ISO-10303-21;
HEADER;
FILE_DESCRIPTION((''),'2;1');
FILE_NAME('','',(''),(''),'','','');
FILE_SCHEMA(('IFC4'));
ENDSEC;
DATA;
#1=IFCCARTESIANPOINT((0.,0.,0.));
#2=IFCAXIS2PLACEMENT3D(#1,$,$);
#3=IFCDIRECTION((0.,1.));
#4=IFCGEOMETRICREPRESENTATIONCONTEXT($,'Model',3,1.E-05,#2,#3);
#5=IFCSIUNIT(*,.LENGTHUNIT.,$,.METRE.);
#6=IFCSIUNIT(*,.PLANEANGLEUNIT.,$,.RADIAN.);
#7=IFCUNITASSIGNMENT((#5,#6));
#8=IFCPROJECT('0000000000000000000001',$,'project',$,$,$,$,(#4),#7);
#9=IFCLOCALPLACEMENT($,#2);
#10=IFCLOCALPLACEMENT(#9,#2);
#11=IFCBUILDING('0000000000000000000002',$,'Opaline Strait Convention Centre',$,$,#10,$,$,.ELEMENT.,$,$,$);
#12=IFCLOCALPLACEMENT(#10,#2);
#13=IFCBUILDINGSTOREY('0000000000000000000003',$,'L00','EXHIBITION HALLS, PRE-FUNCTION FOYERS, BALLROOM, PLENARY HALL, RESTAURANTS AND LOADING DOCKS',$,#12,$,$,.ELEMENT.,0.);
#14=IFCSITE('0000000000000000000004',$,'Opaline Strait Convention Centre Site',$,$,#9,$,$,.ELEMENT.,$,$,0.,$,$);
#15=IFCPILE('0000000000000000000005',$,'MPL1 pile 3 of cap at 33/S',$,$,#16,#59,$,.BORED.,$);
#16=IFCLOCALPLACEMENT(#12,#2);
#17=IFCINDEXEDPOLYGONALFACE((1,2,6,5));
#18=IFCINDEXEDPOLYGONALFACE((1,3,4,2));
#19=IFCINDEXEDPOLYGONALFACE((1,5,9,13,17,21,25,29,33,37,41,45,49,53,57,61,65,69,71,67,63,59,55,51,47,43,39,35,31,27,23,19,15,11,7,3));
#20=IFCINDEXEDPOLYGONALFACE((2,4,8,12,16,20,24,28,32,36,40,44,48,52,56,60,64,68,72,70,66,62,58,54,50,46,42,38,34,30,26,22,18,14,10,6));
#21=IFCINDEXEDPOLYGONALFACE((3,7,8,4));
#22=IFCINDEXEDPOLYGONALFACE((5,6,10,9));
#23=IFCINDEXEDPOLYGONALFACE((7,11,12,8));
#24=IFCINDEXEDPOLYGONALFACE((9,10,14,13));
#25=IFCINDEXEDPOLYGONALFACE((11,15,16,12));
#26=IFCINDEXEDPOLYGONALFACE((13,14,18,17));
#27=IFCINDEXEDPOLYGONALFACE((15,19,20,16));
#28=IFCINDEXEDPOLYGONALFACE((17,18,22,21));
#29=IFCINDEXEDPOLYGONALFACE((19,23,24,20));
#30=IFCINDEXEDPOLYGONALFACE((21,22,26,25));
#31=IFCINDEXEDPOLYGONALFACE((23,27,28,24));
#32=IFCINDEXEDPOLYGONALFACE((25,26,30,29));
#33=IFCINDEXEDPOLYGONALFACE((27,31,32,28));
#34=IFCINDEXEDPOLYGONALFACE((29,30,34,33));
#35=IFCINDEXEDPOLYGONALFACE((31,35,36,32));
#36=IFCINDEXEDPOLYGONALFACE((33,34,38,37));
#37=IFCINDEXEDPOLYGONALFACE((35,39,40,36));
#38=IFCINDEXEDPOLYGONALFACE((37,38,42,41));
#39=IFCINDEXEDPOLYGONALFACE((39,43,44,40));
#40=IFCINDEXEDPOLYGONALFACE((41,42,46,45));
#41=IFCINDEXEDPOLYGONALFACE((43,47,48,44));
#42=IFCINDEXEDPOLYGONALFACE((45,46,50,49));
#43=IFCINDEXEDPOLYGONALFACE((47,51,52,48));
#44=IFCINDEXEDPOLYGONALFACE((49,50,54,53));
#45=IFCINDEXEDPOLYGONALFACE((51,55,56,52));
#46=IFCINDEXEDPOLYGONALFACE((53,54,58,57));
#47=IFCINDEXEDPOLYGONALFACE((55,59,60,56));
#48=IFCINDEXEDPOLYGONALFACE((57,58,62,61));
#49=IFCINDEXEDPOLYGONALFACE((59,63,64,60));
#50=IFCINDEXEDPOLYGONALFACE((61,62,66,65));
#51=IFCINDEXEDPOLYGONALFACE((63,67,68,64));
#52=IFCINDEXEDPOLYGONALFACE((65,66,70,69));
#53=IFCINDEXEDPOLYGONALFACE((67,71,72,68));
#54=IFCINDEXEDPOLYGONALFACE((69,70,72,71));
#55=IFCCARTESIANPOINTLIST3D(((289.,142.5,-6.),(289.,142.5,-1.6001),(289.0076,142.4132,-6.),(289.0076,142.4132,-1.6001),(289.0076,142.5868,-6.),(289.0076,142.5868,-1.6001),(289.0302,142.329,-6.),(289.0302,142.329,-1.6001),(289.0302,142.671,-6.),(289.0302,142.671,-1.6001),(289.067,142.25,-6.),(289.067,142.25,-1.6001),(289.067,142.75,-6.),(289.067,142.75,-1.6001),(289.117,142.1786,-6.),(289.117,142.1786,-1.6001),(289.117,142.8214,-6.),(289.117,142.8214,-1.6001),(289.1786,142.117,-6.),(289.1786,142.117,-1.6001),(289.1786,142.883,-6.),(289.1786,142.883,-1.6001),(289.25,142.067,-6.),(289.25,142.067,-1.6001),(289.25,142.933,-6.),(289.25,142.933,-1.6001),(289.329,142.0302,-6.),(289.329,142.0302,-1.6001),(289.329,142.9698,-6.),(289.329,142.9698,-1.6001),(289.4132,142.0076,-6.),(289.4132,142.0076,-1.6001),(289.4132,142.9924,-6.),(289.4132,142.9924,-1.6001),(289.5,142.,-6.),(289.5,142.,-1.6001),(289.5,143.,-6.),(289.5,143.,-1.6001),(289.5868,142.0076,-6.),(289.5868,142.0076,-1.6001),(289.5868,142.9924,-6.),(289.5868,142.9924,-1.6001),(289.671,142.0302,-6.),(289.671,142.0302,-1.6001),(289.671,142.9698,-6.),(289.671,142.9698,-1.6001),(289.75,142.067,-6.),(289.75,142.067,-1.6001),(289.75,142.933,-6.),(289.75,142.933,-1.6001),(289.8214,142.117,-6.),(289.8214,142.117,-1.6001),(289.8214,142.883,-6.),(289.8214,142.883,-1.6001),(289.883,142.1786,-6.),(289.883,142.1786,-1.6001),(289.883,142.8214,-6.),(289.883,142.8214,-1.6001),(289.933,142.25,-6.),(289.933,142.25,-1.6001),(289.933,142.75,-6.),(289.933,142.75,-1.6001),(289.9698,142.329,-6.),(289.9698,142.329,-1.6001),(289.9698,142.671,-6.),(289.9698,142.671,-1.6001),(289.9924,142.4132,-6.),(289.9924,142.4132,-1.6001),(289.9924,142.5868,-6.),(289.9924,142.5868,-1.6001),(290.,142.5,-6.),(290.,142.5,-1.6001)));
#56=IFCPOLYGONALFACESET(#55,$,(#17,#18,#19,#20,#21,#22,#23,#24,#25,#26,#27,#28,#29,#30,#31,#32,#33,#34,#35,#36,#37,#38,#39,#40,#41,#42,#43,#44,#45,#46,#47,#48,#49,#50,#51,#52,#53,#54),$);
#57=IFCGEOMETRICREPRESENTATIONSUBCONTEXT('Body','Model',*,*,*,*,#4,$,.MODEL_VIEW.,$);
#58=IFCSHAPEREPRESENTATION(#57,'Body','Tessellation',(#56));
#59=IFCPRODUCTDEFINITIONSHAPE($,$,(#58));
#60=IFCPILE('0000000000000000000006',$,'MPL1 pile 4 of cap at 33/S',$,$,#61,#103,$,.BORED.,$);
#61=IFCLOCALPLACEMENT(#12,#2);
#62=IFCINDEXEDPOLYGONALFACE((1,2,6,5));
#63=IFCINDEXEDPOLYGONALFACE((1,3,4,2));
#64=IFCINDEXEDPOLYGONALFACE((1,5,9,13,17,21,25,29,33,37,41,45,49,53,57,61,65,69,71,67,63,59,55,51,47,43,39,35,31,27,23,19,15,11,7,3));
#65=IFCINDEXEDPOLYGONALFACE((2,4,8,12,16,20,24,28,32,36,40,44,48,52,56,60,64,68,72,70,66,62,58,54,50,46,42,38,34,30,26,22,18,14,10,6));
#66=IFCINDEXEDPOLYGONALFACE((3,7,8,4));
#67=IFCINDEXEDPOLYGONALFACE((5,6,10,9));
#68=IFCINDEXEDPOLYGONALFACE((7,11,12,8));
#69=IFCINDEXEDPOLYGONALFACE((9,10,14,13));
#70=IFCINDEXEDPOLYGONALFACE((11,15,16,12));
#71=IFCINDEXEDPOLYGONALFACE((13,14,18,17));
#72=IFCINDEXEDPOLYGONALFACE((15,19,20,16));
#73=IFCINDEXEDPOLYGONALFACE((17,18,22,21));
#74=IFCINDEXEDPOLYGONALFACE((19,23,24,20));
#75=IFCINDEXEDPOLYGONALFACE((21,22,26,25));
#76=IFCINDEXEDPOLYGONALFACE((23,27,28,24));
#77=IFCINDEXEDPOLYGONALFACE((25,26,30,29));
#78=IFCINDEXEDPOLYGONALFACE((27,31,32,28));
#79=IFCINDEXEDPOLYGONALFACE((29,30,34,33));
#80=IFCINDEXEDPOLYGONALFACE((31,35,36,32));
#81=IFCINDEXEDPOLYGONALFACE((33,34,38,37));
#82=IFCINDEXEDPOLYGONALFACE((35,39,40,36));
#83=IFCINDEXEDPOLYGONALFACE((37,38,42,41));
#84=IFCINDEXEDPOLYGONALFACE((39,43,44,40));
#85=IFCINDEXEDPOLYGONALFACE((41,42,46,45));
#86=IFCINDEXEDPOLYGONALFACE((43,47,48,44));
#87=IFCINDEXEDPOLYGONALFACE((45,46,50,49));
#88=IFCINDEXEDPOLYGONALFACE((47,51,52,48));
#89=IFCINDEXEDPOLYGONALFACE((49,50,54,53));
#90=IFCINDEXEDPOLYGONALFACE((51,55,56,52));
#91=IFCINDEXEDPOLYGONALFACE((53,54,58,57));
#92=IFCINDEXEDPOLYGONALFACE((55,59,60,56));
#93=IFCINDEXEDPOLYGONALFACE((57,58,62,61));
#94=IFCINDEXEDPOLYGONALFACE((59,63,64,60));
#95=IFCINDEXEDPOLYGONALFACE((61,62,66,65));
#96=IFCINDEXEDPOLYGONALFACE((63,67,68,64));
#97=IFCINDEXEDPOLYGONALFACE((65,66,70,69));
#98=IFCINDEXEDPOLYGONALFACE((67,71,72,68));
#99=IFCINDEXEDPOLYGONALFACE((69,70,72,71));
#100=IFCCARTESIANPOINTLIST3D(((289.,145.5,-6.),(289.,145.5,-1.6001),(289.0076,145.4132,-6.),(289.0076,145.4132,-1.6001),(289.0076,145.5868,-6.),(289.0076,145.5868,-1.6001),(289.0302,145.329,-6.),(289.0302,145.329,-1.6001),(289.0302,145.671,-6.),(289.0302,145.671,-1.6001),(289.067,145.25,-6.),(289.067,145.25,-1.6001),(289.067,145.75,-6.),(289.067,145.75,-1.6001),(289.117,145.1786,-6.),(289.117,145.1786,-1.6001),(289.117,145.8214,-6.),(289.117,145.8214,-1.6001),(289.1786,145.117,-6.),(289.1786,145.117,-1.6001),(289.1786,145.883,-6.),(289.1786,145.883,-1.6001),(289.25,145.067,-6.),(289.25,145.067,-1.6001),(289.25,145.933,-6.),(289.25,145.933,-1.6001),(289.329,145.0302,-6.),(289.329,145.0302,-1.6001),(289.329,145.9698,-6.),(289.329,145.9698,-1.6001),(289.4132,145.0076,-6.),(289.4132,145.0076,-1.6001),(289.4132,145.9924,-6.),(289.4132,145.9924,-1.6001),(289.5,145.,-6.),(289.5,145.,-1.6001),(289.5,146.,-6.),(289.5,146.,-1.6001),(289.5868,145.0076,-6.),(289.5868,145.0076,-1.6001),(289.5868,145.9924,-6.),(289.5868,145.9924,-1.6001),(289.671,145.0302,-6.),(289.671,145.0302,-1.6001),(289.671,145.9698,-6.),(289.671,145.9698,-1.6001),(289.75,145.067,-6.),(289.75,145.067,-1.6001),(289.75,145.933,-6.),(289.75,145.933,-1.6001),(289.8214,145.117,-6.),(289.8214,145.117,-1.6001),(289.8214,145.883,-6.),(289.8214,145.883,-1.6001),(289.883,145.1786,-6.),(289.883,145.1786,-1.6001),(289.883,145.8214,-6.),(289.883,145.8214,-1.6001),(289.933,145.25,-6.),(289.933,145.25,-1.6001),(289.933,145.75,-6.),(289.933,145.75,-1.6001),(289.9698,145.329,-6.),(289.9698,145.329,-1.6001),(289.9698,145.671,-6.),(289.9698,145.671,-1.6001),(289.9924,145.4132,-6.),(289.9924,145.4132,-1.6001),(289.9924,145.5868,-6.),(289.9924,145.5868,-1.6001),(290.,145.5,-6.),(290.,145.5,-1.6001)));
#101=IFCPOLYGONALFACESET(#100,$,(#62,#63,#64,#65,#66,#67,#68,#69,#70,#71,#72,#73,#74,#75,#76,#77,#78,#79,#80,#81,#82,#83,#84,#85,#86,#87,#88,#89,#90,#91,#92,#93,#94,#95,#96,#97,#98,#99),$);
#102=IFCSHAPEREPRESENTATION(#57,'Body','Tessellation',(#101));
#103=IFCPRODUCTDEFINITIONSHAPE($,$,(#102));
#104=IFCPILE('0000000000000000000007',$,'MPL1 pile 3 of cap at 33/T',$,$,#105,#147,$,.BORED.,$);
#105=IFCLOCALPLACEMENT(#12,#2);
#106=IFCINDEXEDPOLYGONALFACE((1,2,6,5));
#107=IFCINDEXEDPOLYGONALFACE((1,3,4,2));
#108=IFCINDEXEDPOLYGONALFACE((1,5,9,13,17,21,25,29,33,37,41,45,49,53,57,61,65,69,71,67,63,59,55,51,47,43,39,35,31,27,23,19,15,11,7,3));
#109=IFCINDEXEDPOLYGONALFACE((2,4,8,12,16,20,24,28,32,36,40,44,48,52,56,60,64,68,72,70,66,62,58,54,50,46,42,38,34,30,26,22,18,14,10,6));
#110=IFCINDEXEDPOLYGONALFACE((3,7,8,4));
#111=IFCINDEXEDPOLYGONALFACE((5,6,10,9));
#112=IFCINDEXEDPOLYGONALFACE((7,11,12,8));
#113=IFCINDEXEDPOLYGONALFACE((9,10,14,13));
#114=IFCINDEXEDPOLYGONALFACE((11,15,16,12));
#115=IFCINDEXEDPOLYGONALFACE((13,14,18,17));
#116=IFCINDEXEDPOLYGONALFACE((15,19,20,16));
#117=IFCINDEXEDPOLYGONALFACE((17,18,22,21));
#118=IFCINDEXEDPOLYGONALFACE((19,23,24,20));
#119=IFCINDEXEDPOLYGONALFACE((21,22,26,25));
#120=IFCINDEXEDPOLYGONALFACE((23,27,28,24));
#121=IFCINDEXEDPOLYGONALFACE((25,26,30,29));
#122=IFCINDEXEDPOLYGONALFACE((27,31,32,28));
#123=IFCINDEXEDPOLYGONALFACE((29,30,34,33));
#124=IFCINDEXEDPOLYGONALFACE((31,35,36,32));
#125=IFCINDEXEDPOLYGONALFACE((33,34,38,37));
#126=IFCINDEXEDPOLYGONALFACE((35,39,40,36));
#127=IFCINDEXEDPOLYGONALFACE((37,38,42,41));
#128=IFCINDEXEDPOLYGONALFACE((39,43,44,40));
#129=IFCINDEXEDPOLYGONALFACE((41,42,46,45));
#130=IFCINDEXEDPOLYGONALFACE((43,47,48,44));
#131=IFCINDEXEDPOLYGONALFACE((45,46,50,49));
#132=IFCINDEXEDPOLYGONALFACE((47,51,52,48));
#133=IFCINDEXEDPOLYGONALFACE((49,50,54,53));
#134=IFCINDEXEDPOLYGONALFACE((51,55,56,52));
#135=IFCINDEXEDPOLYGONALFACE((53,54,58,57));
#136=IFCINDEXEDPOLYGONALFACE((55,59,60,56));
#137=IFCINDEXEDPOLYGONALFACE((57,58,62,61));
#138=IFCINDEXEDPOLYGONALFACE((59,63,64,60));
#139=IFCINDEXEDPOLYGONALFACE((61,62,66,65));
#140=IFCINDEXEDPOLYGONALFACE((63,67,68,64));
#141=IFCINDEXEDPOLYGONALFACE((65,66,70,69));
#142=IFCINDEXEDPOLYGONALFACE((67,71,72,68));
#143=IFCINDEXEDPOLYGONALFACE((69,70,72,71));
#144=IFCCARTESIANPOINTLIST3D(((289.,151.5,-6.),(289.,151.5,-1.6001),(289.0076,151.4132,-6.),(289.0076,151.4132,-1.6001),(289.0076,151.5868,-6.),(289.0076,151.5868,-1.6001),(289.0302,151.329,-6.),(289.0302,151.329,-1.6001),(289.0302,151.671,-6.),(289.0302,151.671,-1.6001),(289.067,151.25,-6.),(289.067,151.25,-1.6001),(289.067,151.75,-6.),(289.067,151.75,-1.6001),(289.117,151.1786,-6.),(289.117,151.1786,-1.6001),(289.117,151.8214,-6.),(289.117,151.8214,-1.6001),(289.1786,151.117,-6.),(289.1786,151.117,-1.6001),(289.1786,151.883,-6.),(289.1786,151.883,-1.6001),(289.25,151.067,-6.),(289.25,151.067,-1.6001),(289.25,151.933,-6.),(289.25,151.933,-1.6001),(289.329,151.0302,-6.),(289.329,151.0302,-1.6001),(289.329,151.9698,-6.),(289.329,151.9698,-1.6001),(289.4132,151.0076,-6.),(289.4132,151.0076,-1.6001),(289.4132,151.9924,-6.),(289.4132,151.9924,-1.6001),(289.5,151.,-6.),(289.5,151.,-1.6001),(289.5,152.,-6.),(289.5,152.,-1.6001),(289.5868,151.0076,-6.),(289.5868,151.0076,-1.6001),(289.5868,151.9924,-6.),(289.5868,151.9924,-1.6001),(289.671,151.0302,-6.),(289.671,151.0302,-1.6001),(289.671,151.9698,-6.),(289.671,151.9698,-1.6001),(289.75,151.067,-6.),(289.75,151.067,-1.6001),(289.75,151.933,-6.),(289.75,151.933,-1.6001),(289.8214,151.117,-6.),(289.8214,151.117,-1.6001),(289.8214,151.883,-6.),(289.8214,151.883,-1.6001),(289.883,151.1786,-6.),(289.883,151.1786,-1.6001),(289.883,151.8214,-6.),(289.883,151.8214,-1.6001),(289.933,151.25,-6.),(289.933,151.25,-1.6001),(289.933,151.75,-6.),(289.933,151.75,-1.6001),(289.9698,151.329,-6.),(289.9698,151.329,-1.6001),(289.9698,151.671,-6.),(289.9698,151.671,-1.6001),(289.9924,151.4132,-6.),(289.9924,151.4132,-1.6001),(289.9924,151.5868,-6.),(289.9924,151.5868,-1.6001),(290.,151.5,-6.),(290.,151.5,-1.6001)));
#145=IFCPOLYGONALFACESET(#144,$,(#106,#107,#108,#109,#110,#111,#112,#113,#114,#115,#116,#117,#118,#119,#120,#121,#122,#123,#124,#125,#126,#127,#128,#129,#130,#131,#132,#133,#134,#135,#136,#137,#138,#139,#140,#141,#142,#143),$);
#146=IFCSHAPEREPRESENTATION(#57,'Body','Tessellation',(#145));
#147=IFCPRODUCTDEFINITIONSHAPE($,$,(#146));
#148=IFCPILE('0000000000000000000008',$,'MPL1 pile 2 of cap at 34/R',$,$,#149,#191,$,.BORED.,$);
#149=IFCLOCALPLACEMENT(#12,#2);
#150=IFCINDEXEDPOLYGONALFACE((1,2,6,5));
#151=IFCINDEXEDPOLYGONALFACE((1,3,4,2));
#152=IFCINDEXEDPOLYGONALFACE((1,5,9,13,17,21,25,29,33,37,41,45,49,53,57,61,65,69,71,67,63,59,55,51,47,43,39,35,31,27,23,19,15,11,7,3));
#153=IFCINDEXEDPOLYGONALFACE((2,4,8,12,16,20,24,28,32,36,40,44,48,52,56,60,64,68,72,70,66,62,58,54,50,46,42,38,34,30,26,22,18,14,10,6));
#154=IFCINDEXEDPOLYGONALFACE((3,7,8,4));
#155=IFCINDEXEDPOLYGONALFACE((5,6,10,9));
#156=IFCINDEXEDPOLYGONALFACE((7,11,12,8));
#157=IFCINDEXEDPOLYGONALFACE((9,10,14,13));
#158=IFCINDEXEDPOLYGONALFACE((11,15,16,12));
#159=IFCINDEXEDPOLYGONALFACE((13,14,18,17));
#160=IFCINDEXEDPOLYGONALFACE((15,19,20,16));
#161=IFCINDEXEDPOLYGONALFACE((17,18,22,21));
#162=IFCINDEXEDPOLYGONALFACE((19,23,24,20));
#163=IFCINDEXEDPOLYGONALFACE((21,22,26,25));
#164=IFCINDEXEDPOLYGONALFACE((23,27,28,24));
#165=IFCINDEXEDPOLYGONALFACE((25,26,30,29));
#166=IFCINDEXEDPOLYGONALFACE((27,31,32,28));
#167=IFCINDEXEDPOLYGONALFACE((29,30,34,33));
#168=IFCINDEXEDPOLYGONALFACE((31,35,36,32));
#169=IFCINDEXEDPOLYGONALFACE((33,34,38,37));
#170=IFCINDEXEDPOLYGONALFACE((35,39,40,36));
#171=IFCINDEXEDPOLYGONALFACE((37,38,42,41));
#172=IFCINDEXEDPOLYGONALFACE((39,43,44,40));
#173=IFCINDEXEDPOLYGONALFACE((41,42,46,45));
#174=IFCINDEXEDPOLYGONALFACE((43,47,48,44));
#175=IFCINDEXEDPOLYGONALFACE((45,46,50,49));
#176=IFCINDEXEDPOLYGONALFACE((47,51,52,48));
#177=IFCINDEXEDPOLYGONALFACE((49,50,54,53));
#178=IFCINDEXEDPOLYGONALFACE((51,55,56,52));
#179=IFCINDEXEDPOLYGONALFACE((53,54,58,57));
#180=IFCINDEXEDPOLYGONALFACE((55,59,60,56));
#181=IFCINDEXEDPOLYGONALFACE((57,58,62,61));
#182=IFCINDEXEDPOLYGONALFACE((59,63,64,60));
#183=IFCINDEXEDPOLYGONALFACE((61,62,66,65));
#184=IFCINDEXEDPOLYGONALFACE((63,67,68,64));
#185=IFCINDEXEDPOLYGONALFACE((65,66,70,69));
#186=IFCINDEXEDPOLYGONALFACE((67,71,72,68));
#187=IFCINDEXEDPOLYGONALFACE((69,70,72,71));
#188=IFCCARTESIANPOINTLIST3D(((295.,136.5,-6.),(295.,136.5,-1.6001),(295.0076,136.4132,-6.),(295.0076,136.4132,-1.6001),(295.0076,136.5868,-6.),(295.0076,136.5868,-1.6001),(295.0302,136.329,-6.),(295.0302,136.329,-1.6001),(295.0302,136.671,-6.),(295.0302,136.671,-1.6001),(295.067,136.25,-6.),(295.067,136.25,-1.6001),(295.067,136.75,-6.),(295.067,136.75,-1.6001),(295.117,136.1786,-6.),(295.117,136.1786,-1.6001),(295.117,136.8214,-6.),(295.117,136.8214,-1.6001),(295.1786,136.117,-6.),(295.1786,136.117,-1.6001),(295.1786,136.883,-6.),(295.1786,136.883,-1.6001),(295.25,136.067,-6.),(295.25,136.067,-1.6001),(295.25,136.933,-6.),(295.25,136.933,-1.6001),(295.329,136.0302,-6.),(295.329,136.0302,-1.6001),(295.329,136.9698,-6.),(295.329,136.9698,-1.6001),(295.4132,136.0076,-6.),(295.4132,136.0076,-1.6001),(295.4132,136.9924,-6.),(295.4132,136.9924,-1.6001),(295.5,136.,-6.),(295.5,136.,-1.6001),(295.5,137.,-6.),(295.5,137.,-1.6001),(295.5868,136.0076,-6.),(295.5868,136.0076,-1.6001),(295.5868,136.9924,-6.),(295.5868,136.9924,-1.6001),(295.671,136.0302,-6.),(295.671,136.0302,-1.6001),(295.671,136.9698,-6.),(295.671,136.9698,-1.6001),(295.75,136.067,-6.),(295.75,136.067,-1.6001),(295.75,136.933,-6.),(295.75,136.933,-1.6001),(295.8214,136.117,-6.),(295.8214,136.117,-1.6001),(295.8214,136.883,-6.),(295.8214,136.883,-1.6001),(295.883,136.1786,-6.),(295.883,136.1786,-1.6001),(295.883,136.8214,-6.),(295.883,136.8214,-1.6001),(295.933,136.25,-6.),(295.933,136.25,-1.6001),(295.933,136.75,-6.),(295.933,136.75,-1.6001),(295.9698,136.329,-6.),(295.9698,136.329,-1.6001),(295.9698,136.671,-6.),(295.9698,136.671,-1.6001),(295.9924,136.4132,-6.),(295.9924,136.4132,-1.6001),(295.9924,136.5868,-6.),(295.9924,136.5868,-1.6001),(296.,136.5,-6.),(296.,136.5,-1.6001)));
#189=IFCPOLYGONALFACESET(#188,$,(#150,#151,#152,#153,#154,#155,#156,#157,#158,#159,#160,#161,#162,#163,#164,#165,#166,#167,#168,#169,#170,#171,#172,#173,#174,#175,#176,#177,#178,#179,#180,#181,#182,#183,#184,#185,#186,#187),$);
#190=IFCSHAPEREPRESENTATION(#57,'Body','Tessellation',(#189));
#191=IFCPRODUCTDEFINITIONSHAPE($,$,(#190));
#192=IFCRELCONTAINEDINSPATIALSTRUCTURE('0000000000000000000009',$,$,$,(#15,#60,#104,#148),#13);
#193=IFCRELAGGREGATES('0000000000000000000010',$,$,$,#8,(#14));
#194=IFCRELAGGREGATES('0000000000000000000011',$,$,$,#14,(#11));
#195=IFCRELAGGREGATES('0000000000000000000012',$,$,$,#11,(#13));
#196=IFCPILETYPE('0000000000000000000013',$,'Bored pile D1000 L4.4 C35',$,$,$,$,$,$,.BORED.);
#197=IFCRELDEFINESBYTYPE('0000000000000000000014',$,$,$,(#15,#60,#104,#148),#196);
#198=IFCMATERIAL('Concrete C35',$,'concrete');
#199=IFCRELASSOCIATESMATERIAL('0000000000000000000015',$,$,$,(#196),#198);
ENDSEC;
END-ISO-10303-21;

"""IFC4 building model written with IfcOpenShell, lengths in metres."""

from ifc_helpers import new_model, si_unit, direction, frame, origin, origin_2d, place, context, subcontext, project, spatial, circle, extrude, material, material_profile, profile_set, type_object, element, save


model = new_model("IFC4")

# Units and contexts
model_context = context("Model", 3, precision=1e-05, world=origin(), true_north=direction((0.0, 1.0)))
body_context = subcontext(model_context, "Body", "Model", "MODEL_VIEW")
ifc_project = project(units=[si_unit("LENGTHUNIT", "METRE"), si_unit("PLANEANGLEUNIT", "RADIAN")], contexts=[model_context])

# Site, building, storey
site_placement = place(None, origin())
site = spatial("IfcSite", under=ifc_project, at=site_placement, Name="Opaline Strait Convention Centre Site", CompositionType="ELEMENT", RefElevation=0.0)
building_placement = place(site_placement, origin())
building = spatial("IfcBuilding", under=site, at=building_placement, Name="Opaline Strait Convention Centre", CompositionType="ELEMENT")
storey_placement = place(building_placement, origin())
storey = spatial("IfcBuildingStorey", under=building, at=storey_placement, Name="L00", Description="EXHIBITION HALLS, PRE-FUNCTION FOYERS, BALLROOM, PLENARY HALL, RESTAURANTS AND LOADING DOCKS", CompositionType="ELEMENT", Elevation=0.0)

# Piles
ifc_material_1 = material(Name="Concrete C35", Category="concrete")
ifc_material_profile_1 = material_profile(ifc_material_1, circle(Radius=0.5, at=origin_2d()), Name="D1000")
ifc_profile_set_1 = profile_set([ifc_material_profile_1], Name="Concrete C35")
pile_type = type_object("IfcPileType", Name="Bored pile D1000 L4.4 C35", PredefinedType="BORED", material=ifc_profile_set_1)
for number, where, z_axis, x_axis, name in (
    (1, (289.5, 142.5, -1.6001), (0.0, 0.0, -1.0), (1.0, 0.0, 0.0), "MPL1 pile 3 of cap at 33/S"),
    (2, (289.5, 145.5, -1.6001), (0.0, 0.0, -1.0), (1.0, 0.0, 0.0), "MPL1 pile 4 of cap at 33/S"),
    (3, (289.5, 151.5, -1.6001), (0.0, 0.0, -1.0), (1.0, 0.0, 0.0), "MPL1 pile 3 of cap at 33/T"),
    (4, (295.5, 136.5, -1.6001), (0.0, 0.0, -1.0), (1.0, 0.0, 0.0), "MPL1 pile 2 of cap at 34/R"),
):
    element("IfcPile", number, at=place(storey_placement, frame(where, z_axis=z_axis, x_axis=x_axis)), inside=storey, type_object=pile_type, Name=name, PredefinedType="BORED", context=body_context, shape_type="SweptSolid", body=[
        extrude(circle(Radius=0.5, at=origin_2d()), origin(), (0.0, 0.0, 1.0), 4.3999),
    ])

save(model, "model.ifc")
